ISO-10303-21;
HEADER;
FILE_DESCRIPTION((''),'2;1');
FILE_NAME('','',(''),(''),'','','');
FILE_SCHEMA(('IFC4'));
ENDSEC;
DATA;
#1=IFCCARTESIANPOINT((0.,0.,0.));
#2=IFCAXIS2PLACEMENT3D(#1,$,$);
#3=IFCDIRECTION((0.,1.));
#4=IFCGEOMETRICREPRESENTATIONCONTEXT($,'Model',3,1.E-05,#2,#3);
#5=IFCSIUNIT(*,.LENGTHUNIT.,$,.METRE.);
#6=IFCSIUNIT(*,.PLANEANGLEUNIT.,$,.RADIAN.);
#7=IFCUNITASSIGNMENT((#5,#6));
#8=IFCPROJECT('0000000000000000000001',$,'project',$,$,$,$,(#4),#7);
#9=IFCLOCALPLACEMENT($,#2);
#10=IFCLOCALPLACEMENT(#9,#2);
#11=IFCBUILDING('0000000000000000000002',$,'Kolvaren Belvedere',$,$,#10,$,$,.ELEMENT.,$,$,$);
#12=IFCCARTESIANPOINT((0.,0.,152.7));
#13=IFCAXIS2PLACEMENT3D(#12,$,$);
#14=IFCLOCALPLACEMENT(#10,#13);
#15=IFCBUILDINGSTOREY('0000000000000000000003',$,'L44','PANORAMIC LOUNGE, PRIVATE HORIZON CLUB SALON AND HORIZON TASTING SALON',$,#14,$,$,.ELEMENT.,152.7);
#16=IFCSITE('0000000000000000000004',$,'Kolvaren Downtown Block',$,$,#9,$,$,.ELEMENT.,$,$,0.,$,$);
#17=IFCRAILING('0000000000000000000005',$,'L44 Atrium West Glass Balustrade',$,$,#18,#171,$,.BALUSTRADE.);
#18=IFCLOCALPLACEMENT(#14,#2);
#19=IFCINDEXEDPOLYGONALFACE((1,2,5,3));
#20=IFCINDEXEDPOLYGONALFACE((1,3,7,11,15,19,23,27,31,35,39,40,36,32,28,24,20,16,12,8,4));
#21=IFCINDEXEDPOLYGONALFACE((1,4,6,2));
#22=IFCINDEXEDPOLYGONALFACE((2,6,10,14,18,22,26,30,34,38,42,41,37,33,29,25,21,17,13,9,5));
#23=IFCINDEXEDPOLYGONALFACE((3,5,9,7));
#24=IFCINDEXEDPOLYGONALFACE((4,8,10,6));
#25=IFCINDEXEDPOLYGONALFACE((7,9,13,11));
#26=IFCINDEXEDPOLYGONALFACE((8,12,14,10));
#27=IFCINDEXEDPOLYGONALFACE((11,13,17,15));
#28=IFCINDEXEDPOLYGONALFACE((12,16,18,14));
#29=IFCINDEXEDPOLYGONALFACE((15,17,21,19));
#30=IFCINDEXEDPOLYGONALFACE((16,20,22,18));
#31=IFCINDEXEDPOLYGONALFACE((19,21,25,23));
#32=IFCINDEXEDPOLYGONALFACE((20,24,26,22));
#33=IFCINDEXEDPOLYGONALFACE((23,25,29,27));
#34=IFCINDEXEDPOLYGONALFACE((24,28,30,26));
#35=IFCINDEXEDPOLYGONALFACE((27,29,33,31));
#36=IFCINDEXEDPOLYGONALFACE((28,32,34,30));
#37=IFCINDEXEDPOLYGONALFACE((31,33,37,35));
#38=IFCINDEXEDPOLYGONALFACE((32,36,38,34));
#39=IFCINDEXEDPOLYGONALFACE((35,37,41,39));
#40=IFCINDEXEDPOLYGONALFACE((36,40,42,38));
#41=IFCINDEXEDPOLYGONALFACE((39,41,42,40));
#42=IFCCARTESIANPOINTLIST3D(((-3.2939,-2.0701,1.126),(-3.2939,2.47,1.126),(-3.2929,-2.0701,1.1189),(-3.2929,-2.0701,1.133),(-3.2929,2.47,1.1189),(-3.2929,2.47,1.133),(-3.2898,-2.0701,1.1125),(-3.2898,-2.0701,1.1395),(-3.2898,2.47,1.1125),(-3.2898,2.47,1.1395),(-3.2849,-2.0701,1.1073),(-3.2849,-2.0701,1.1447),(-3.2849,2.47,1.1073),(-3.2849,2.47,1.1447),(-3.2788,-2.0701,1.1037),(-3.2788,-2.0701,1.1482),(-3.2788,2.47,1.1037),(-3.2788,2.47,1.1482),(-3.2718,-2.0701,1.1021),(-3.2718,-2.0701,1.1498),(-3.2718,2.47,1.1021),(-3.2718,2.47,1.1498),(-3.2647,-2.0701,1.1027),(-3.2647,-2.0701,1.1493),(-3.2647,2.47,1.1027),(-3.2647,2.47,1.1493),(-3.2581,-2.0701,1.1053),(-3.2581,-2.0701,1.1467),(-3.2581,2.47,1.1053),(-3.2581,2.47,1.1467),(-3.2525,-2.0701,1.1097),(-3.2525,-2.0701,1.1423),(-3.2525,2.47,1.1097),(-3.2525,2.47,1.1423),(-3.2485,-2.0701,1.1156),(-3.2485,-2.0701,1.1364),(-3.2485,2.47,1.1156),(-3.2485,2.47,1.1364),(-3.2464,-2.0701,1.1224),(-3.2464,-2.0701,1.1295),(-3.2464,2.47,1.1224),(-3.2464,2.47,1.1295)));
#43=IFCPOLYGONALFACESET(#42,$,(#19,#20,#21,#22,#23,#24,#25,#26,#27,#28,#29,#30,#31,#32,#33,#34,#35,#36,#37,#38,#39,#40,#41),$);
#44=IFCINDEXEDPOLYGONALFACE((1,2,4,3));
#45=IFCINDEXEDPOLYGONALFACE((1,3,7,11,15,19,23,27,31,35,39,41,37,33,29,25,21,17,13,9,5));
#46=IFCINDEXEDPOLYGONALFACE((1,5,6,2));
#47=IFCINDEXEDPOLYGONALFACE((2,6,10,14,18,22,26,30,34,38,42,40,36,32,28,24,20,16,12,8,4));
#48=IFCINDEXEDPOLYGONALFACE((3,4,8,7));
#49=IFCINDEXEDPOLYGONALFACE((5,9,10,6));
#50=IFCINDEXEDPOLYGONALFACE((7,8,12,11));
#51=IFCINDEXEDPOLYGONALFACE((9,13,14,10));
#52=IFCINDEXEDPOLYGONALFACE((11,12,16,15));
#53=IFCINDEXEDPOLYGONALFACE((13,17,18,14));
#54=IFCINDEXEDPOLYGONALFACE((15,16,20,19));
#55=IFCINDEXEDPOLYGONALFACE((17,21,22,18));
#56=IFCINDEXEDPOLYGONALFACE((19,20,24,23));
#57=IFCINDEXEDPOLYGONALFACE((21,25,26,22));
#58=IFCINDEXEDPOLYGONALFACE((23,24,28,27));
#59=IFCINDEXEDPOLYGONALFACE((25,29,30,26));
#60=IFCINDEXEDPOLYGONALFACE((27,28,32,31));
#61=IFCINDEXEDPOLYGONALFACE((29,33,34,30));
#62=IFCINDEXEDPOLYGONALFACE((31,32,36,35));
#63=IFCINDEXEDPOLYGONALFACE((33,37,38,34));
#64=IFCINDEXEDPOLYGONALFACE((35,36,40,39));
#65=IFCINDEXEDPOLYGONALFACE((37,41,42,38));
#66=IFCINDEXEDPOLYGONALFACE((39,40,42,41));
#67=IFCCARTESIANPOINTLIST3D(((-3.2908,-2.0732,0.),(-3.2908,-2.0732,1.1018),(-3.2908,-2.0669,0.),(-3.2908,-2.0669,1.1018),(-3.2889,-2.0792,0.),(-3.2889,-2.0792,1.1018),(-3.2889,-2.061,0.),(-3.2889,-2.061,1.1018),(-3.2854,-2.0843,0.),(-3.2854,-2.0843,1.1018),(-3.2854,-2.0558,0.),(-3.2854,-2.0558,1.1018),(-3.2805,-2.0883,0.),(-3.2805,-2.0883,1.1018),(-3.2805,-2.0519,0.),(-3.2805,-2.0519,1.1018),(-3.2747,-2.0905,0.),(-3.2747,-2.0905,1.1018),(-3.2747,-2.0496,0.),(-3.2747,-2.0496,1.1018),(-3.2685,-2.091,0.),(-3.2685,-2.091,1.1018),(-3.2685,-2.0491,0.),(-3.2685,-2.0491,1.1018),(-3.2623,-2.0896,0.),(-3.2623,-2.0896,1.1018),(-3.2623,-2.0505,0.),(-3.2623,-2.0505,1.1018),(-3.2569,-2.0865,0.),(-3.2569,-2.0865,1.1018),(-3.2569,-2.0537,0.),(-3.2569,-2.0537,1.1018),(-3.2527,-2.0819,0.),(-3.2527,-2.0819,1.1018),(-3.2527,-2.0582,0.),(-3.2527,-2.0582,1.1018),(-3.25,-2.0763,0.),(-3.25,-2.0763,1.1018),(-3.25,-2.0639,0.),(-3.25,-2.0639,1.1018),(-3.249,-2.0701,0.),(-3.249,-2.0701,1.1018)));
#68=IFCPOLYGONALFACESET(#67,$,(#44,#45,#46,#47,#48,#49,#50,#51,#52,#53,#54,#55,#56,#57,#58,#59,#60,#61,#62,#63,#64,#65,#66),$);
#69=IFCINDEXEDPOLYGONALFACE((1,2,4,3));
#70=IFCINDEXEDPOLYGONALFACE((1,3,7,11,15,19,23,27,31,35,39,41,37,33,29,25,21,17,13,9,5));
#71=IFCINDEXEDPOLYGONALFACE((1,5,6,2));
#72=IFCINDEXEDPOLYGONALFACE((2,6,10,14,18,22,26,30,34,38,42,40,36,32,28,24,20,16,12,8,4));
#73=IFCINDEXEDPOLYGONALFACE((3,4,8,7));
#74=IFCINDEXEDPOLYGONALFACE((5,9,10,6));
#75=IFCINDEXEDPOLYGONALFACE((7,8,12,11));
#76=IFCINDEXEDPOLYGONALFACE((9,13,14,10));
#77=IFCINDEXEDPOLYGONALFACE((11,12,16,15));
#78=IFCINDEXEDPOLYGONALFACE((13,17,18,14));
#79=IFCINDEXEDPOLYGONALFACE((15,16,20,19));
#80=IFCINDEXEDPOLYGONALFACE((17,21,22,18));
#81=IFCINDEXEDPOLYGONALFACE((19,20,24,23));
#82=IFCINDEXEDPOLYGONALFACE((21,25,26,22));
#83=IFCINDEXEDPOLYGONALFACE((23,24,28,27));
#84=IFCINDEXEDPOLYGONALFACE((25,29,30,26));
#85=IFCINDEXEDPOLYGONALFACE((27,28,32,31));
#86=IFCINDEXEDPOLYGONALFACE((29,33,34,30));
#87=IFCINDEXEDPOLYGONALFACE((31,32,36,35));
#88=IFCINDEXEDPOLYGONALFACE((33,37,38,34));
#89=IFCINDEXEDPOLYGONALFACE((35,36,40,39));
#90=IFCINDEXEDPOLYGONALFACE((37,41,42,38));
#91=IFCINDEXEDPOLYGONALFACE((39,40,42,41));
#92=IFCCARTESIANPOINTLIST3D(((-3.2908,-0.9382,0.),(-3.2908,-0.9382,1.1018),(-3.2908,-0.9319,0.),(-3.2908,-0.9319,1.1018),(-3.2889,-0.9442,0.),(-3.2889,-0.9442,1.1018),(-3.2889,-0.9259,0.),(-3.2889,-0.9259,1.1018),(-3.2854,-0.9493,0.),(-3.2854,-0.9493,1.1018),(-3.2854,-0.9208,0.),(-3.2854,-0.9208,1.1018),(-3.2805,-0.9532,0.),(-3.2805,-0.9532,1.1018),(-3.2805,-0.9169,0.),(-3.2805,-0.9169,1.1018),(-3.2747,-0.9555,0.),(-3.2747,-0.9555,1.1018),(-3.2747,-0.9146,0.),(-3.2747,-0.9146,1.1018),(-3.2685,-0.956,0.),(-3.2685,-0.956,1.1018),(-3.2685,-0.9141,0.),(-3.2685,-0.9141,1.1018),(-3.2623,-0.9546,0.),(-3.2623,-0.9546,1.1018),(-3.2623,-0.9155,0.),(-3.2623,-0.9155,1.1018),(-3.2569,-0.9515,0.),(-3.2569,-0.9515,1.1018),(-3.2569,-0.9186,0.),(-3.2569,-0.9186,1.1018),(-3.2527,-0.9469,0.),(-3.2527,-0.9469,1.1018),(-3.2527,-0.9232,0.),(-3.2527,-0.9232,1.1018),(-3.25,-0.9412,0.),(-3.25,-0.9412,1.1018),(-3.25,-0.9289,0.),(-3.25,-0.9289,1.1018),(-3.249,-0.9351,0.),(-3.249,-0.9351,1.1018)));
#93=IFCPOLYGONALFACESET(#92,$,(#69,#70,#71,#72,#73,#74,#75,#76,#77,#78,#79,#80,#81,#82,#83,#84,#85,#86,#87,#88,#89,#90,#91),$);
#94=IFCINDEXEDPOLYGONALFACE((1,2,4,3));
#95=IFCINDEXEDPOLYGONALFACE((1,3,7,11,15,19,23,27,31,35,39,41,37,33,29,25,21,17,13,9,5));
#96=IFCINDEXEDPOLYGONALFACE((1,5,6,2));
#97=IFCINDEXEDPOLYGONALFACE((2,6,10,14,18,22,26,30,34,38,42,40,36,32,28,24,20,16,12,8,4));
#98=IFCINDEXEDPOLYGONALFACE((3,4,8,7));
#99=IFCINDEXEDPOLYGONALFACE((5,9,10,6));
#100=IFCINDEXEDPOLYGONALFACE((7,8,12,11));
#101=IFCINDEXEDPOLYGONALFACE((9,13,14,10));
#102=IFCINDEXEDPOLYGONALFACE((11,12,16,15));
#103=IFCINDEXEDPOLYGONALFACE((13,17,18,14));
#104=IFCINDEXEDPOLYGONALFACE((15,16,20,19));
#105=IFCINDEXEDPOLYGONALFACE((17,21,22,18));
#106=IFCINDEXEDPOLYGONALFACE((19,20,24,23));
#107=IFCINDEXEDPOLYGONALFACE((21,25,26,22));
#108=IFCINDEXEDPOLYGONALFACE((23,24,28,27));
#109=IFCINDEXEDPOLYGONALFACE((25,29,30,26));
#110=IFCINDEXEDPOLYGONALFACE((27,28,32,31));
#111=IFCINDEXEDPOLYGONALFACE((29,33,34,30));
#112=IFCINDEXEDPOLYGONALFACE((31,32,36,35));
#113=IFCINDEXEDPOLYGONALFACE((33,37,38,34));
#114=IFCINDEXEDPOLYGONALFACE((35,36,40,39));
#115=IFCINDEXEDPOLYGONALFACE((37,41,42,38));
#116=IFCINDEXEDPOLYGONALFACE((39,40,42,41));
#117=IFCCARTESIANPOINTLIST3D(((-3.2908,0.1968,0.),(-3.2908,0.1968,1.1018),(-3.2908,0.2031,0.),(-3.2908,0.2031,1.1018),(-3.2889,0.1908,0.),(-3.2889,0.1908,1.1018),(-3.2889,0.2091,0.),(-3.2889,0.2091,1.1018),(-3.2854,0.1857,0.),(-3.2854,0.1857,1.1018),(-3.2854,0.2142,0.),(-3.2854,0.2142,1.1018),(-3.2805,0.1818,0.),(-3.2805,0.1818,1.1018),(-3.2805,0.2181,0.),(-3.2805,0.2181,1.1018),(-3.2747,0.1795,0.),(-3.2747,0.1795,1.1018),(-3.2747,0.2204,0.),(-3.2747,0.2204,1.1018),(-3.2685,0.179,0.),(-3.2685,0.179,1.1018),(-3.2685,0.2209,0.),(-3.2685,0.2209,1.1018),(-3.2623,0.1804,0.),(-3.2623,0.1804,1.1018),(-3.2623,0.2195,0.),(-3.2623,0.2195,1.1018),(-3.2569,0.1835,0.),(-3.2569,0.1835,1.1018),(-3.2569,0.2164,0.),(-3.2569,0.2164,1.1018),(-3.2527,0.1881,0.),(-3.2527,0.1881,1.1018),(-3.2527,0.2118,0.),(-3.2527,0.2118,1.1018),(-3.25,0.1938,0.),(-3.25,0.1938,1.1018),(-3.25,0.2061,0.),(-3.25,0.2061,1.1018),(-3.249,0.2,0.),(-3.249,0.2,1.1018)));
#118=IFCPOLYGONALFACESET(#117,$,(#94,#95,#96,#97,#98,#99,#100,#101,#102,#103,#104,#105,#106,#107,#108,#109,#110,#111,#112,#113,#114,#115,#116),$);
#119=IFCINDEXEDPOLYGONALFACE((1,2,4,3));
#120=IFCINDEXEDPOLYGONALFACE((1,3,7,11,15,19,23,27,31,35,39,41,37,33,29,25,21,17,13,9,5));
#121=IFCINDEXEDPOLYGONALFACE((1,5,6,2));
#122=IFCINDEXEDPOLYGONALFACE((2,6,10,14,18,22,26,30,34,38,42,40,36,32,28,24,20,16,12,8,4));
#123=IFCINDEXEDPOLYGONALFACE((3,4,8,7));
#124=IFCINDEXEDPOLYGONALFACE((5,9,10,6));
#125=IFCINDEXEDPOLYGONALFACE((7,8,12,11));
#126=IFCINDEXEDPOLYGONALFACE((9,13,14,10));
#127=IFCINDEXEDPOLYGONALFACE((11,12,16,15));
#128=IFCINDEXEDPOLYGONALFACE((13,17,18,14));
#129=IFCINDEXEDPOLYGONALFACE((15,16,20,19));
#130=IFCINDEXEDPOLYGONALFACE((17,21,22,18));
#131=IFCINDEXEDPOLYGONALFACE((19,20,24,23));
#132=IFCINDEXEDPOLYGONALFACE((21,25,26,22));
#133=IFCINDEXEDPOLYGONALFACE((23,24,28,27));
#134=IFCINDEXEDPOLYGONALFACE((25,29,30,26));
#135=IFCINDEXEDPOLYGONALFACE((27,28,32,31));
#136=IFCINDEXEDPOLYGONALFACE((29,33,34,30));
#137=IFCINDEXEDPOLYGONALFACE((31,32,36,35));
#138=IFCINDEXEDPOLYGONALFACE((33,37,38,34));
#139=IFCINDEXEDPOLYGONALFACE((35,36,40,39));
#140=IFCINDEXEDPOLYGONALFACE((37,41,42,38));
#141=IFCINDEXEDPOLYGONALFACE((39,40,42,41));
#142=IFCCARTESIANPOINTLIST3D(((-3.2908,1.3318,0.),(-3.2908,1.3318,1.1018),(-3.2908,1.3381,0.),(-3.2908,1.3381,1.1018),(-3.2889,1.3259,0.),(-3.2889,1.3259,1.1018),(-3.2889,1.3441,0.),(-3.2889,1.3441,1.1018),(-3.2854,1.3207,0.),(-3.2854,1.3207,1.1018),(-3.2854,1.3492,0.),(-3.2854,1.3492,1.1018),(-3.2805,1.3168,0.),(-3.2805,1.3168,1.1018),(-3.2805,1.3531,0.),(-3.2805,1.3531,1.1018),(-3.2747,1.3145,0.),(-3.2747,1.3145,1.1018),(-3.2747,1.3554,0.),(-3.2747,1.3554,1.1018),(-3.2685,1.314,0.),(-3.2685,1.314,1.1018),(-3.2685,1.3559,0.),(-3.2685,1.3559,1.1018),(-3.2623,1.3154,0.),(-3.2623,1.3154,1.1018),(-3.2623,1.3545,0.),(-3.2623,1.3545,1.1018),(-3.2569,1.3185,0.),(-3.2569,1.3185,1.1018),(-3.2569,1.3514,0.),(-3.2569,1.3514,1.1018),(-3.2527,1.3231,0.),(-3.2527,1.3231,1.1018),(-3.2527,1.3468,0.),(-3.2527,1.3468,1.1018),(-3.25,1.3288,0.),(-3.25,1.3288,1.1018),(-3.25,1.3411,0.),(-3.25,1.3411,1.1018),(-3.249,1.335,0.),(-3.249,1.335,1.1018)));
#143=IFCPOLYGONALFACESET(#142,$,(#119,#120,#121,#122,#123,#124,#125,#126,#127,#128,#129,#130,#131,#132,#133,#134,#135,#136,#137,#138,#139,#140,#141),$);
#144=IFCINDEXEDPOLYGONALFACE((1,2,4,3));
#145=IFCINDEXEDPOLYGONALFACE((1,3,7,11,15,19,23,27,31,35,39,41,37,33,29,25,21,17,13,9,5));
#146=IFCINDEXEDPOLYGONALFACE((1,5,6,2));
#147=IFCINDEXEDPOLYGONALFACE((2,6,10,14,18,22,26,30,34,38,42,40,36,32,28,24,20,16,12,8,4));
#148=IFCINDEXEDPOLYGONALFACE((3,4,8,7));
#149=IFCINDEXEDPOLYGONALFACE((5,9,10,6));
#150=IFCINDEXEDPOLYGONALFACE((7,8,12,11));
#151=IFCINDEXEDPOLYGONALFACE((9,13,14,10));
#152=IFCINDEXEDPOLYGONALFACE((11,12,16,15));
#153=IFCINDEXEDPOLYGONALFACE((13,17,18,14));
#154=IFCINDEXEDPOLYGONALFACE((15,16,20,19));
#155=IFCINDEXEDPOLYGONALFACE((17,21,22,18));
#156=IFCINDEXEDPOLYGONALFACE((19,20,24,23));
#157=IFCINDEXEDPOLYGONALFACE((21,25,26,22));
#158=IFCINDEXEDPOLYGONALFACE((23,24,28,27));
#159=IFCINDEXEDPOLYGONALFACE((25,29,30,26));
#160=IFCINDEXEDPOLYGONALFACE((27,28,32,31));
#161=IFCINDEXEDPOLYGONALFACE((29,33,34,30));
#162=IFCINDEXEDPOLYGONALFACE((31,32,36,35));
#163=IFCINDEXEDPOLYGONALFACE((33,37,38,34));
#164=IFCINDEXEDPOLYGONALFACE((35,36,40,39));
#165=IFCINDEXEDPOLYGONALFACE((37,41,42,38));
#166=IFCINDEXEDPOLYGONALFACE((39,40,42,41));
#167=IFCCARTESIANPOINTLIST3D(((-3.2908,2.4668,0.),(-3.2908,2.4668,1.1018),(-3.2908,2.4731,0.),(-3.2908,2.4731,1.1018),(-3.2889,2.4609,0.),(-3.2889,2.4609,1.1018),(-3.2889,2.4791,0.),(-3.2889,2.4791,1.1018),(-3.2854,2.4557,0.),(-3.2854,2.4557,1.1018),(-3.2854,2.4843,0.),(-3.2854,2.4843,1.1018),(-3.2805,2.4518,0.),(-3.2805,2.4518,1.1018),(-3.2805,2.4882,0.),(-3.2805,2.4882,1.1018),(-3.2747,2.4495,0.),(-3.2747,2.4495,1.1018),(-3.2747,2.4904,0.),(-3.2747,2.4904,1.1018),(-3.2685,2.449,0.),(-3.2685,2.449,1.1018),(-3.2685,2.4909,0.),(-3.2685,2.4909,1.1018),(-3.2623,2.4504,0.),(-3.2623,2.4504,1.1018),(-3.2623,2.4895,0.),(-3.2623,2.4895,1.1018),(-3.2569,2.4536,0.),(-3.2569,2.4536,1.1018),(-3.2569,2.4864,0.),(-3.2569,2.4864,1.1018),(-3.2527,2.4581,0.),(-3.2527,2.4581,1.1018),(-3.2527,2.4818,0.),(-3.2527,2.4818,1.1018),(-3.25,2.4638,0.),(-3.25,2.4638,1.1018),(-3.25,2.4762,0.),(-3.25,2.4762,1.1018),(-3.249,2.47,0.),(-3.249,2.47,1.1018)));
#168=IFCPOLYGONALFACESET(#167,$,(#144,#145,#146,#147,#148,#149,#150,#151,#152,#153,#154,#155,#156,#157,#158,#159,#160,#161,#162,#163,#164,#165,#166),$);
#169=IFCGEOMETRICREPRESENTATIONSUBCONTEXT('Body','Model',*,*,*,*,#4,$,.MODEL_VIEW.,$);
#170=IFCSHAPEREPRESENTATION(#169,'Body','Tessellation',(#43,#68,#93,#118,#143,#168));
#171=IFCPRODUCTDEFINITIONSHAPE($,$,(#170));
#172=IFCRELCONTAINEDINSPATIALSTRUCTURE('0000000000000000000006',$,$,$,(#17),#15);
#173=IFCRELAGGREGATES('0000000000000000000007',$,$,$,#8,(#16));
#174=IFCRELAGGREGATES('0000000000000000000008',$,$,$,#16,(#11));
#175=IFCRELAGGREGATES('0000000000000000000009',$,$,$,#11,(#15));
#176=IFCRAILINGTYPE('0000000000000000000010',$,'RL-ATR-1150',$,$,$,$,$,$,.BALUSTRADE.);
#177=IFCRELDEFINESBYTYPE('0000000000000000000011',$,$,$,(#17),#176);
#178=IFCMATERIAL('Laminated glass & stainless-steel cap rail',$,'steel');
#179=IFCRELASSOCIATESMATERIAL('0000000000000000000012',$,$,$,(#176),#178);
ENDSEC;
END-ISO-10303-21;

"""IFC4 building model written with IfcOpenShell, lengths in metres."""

from ifc_helpers import new_model, si_unit, direction, frame, origin, origin_2d, place, context, subcontext, project, spatial, circle, extrude, material, type_object, element, save


model = new_model("IFC4")

# Units and contexts
model_context = context("Model", 3, precision=1e-05, world=origin(), true_north=direction((0.0, 1.0)))
body_context = subcontext(model_context, "Body", "Model", "MODEL_VIEW")
ifc_project = project(units=[si_unit("LENGTHUNIT", "METRE"), si_unit("PLANEANGLEUNIT", "RADIAN")], contexts=[model_context])

# Site, building, storey
site_placement = place(None, origin())
site = spatial("IfcSite", under=ifc_project, at=site_placement, Name="Kolvaren Downtown Block", CompositionType="ELEMENT", RefElevation=0.0)
building_placement = place(site_placement, origin())
building = spatial("IfcBuilding", under=site, at=building_placement, Name="Kolvaren Belvedere", CompositionType="ELEMENT")
storey_placement = place(building_placement, frame((0.0, 0.0, 152.7)))
storey = spatial("IfcBuildingStorey", under=building, at=storey_placement, Name="L44", Description="PANORAMIC LOUNGE, PRIVATE HORIZON CLUB SALON AND HORIZON TASTING SALON", CompositionType="ELEMENT", Elevation=152.7)

# Railing
ifc_material_1 = material(Name="Laminated glass & stainless-steel cap rail", Category="steel")
railing_type_1 = type_object("IfcRailingType", Name="RL-ATR-1150", PredefinedType="BALUSTRADE", material=ifc_material_1)
railing_1_placement = place(storey_placement, frame((-3.27, -2.0701, 0.0)))
element("IfcRailing", 1, at=railing_1_placement, inside=storey, type_object=railing_type_1, Name="L44 Atrium West Glass Balustrade", PredefinedType="BALUSTRADE", context=body_context, shape_type="SweptSolid", body=[
    extrude(circle(Radius=0.0239, at=origin_2d()), frame((0.0, 0.0, 1.126), z_axis=(0.0, 1.0, 0.0), x_axis=(-1.0, 0.0, 0.0)), (0.0, 0.0, 1.0), 4.54),
    extrude(circle(Radius=0.021, at=origin_2d()), origin(), (0.0, 0.0, 1.0), 1.1018),
    extrude(circle(Radius=0.021, at=origin_2d()), frame((0.0, 1.135, 0.0)), (0.0, 0.0, 1.0), 1.1018),
    extrude(circle(Radius=0.021, at=origin_2d()), frame((0.0, 2.27, 0.0)), (0.0, 0.0, 1.0), 1.1018),
    extrude(circle(Radius=0.021, at=origin_2d()), frame((0.0, 3.405, 0.0)), (0.0, 0.0, 1.0), 1.1018),
    extrude(circle(Radius=0.021, at=origin_2d()), frame((0.0, 4.54, 0.0)), (0.0, 0.0, 1.0), 1.1018),
])

save(model, "model.ifc")
